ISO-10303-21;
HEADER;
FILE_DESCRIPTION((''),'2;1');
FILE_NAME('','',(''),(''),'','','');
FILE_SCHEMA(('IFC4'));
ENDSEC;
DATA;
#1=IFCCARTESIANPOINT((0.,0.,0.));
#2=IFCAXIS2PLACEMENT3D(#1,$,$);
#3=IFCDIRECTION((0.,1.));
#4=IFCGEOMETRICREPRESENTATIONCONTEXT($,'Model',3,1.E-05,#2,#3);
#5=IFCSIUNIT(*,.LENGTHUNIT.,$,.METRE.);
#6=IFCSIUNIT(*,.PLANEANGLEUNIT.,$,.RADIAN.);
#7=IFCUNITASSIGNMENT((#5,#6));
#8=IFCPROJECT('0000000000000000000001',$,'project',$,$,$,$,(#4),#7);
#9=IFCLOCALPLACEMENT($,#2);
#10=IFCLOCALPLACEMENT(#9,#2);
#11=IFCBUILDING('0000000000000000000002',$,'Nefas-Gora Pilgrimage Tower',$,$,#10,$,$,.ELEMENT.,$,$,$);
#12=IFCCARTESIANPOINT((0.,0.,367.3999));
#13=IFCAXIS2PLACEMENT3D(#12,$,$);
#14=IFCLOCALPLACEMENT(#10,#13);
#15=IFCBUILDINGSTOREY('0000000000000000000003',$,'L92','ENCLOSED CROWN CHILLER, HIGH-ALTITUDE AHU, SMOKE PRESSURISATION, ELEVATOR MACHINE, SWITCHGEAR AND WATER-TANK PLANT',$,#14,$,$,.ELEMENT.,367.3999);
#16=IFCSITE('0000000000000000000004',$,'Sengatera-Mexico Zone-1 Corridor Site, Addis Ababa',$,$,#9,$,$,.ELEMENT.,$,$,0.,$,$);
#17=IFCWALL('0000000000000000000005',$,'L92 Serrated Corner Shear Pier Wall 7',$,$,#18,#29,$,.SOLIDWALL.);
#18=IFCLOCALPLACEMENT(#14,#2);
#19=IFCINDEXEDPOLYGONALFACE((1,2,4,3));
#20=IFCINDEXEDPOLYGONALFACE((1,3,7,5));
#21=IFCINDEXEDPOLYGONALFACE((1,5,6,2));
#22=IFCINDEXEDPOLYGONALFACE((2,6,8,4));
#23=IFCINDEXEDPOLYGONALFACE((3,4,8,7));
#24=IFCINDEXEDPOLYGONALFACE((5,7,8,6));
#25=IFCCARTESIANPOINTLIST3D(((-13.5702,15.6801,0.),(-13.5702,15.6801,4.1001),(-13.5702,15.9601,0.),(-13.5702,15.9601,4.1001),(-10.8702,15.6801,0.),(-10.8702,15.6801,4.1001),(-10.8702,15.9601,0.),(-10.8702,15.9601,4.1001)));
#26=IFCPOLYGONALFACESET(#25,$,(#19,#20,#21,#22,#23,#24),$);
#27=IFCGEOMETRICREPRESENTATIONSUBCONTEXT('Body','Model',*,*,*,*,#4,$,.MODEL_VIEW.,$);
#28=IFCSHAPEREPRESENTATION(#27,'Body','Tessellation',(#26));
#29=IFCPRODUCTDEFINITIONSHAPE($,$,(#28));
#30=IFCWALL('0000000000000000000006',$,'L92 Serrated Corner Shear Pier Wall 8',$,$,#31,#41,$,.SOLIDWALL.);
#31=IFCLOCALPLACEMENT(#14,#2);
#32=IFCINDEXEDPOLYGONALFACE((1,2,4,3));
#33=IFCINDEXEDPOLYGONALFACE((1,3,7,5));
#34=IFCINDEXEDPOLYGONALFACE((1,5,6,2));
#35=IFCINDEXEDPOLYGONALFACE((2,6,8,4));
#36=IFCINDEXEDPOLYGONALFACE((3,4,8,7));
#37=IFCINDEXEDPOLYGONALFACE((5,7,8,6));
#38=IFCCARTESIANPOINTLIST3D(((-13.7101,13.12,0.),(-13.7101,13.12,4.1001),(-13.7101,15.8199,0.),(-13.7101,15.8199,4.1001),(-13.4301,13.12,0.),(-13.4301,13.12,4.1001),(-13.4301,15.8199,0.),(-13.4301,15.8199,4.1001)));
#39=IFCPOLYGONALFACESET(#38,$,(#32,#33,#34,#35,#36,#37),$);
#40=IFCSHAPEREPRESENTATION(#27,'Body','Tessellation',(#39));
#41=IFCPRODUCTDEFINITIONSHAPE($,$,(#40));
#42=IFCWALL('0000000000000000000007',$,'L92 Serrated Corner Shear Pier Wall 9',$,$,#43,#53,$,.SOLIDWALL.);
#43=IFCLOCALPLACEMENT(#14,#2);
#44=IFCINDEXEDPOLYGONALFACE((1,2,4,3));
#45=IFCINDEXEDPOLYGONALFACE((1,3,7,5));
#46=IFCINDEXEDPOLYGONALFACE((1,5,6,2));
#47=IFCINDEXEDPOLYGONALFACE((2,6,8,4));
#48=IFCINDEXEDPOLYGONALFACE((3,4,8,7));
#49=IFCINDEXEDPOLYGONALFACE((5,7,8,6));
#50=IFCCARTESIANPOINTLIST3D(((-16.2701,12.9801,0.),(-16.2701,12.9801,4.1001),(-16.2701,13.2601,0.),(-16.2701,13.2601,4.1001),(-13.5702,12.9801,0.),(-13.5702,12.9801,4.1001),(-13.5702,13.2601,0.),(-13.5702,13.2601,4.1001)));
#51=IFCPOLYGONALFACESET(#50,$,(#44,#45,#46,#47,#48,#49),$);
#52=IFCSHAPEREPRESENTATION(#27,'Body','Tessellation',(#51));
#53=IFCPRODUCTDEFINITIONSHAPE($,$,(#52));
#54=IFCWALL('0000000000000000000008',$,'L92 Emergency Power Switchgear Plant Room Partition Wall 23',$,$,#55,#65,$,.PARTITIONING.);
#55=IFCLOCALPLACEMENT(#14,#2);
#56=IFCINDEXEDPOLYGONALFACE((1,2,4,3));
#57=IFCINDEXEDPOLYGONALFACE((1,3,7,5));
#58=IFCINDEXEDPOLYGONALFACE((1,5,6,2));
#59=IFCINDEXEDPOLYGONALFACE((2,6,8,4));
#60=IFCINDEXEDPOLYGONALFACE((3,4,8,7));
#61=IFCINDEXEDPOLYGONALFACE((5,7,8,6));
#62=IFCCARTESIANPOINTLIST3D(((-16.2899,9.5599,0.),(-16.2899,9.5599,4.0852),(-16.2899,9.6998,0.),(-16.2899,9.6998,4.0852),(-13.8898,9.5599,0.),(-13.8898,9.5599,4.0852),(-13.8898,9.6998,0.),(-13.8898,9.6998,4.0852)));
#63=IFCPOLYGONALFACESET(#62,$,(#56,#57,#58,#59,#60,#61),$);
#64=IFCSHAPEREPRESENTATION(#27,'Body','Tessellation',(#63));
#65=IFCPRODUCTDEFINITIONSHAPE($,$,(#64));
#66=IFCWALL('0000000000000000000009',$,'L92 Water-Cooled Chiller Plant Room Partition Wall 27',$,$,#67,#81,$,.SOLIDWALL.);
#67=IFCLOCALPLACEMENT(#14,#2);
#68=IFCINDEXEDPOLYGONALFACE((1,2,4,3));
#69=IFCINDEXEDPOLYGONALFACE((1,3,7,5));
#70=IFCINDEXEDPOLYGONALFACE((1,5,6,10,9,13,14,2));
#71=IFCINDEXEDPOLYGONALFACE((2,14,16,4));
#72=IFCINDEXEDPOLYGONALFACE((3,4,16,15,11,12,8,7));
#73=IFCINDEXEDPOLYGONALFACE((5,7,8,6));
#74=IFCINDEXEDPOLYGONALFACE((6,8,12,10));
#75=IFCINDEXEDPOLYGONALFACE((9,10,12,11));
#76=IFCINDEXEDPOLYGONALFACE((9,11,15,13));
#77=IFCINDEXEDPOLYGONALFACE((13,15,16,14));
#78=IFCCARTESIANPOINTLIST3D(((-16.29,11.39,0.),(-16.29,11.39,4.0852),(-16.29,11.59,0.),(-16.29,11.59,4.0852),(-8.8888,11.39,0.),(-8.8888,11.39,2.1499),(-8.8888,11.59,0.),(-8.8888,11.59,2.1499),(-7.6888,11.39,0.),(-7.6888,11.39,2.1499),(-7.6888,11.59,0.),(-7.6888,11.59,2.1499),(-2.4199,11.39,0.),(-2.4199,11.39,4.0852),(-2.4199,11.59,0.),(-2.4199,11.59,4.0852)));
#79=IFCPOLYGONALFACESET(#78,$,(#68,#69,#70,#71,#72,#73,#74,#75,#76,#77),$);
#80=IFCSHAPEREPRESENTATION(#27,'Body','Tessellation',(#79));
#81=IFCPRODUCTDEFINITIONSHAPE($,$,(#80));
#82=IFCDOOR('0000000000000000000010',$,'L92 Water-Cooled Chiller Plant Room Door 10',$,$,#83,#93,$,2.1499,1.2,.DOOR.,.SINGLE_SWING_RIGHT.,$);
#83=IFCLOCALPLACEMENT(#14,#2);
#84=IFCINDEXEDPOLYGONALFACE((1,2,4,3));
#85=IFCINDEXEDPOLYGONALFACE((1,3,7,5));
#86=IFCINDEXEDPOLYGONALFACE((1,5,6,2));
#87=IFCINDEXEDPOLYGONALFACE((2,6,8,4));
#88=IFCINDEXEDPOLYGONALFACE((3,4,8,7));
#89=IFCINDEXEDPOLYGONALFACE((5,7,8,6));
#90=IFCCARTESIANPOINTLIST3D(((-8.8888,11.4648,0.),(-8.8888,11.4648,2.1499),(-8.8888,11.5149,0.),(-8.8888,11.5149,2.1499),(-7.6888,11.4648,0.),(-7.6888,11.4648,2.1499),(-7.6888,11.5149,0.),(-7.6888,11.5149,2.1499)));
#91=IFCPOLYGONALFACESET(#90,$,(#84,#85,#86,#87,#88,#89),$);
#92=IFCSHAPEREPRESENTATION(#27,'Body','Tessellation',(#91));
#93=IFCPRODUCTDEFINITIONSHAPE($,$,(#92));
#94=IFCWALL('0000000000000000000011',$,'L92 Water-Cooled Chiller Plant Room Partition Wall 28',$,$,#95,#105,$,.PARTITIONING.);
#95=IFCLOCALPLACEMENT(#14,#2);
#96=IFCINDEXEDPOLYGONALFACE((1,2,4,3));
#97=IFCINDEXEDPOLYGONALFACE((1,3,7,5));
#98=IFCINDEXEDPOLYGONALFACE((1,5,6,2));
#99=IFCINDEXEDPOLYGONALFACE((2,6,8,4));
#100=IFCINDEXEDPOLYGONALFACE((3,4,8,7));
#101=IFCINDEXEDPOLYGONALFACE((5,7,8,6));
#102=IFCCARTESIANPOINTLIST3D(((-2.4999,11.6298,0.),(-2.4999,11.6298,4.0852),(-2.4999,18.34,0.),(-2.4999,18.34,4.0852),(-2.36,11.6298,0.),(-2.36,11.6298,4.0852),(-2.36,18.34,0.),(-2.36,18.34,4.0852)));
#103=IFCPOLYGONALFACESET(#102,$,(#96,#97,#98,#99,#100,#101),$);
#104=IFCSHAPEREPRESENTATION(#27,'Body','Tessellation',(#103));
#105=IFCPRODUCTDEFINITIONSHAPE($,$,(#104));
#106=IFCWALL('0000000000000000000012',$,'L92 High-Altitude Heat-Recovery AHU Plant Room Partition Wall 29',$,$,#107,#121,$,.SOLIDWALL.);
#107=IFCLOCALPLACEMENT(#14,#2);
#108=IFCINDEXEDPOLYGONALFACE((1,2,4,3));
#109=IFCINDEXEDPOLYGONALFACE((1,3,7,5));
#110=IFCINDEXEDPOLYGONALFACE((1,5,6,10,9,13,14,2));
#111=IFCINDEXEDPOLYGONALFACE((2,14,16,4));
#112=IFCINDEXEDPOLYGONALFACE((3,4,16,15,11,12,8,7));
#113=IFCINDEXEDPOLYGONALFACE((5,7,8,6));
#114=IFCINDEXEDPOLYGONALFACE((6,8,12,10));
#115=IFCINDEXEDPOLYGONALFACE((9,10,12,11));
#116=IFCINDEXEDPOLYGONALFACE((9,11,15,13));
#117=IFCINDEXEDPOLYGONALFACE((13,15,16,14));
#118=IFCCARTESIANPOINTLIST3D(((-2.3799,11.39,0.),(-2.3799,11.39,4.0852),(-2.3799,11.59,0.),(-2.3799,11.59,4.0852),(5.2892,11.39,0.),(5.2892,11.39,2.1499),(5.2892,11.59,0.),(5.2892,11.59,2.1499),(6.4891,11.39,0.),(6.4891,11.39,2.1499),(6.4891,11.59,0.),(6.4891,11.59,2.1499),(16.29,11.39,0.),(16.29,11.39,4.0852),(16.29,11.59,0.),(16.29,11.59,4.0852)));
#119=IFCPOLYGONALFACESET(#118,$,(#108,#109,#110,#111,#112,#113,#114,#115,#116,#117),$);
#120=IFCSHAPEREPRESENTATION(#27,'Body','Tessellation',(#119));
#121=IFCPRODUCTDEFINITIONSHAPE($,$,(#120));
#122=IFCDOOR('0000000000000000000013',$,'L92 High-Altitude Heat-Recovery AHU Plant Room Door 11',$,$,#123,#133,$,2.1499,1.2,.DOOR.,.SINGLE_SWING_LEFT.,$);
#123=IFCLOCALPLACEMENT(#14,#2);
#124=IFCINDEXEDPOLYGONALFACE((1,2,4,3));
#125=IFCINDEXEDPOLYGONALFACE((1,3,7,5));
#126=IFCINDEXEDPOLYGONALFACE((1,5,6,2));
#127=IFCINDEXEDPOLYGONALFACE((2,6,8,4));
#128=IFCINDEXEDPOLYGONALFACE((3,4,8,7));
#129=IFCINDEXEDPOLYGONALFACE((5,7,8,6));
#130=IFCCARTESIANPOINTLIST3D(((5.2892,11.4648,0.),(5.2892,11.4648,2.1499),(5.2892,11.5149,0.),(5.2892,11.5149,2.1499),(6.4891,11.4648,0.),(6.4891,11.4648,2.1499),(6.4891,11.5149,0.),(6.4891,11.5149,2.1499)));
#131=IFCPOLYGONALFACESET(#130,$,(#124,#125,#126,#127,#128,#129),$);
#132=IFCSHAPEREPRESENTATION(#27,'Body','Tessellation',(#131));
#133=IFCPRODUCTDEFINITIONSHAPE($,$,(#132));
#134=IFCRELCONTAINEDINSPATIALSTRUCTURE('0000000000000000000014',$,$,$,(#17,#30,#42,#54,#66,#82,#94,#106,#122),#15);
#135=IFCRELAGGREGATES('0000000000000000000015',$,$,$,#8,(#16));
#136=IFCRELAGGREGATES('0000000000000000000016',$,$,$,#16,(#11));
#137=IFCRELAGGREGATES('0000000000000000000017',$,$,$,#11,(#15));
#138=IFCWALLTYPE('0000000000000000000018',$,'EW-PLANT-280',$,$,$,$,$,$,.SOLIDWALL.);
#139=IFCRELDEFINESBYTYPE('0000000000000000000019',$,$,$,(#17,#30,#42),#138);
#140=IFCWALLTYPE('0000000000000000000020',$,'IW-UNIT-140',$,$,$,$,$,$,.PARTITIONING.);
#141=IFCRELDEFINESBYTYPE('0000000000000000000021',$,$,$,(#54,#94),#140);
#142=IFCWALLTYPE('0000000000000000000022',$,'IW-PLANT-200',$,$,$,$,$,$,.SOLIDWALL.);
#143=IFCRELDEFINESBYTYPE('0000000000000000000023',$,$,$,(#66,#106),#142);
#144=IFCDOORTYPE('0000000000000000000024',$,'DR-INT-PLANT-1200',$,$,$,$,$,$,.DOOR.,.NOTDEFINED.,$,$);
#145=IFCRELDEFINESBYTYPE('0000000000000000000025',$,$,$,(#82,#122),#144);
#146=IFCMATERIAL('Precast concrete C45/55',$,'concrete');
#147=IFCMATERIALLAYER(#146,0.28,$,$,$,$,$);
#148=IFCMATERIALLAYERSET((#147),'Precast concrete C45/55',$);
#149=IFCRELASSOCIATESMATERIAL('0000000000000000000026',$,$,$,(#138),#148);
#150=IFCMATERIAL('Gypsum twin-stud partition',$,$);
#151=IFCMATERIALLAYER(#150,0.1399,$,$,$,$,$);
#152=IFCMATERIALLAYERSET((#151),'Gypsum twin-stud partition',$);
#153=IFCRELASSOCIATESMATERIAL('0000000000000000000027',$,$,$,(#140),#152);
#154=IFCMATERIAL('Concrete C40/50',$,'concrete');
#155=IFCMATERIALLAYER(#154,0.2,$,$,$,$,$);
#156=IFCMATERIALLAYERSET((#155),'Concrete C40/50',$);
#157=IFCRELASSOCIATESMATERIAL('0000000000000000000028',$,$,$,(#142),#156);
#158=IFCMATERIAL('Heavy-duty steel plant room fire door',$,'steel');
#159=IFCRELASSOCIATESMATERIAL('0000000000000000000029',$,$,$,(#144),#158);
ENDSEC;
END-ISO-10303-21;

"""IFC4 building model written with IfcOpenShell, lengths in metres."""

from ifc_helpers import new_model, si_unit, direction, frame, frame_2d, origin, place, context, subcontext, project, spatial, rectangle, extrude, source, transform, mapped, material, layer, layer_set, type_object, element, fill, save


model = new_model("IFC4")

# Units and contexts
model_context = context("Model", 3, precision=1e-05, world=origin(), true_north=direction((0.0, 1.0)))
body_context = subcontext(model_context, "Body", "Model", "MODEL_VIEW")
ifc_project = project(units=[si_unit("LENGTHUNIT", "METRE"), si_unit("PLANEANGLEUNIT", "RADIAN")], contexts=[model_context])

# Site, building, storey
site_placement = place(None, origin())
site = spatial("IfcSite", under=ifc_project, at=site_placement, Name="Sengatera-Mexico Zone-1 Corridor Site, Addis Ababa", CompositionType="ELEMENT", RefElevation=0.0)
building_placement = place(site_placement, origin())
building = spatial("IfcBuilding", under=site, at=building_placement, Name="Nefas-Gora Pilgrimage Tower", CompositionType="ELEMENT")
storey_placement = place(building_placement, frame((0.0, 0.0, 367.3999)))
storey = spatial("IfcBuildingStorey", under=building, at=storey_placement, Name="L92", Description="ENCLOSED CROWN CHILLER, HIGH-ALTITUDE AHU, SMOKE PRESSURISATION, ELEVATOR MACHINE, SWITCHGEAR AND WATER-TANK PLANT", CompositionType="ELEMENT", Elevation=367.3999)

# Shared definitions
ifc_material_1 = material(Name="Precast concrete C45/55", Category="concrete")

# Walls
ifc_layer_1 = layer(ifc_material_1, 0.28)
ifc_layer_set_1 = layer_set([ifc_layer_1], Name="Precast concrete C45/55")
wall_type_1 = type_object("IfcWallType", Name="EW-PLANT-280", PredefinedType="SOLIDWALL", material=ifc_layer_set_1)
shared_shape_1 = source(origin(), body_context, "Body", "SweptSolid", [
    extrude(rectangle(XDim=2.7, YDim=0.28, at=frame_2d((1.3501, 0.0))), origin(), (0.0, 0.0, 1.0), 4.1001),
])
for number, where, z_axis, x_axis, name in (
    (1, (-10.8701, 15.8201, 0.0), (0.0, 0.0, 1.0), (-1.0, 0.0, 0.0), "L92 Serrated Corner Shear Pier Wall 7"),
    (2, (-13.5701, 15.8201, 0.0), (0.0, 0.0, 1.0), (0.0, -1.0, 0.0), "L92 Serrated Corner Shear Pier Wall 8"),
    (3, (-13.5701, 13.1201, 0.0), (0.0, 0.0, 1.0), (-1.0, 0.0, 0.0), "L92 Serrated Corner Shear Pier Wall 9"),
):
    element("IfcWall", number, at=place(storey_placement, frame(where, z_axis=z_axis, x_axis=x_axis)), inside=storey, type_object=wall_type_1, Name=name, PredefinedType="SOLIDWALL", context=body_context, shape_type="MappedRepresentation", body=[
        mapped(shared_shape_1, transform((0.0, 0.0, 0.0), x_axis=(1.0, 0.0, 0.0), y_axis=(0.0, 1.0, 0.0), z_axis=(0.0, 0.0, 1.0), scale=1.0)),
    ])
ifc_material_2 = material(Name="Gypsum twin-stud partition")
ifc_layer_2 = layer(ifc_material_2, 0.1399)
ifc_layer_set_2 = layer_set([ifc_layer_2], Name="Gypsum twin-stud partition")
wall_type_2 = type_object("IfcWallType", Name="IW-UNIT-140", PredefinedType="PARTITIONING", material=ifc_layer_set_2)
shared_shape_2 = source(origin(), body_context, "Body", "SweptSolid", [
    extrude(rectangle(XDim=2.4001, YDim=0.1399, at=frame_2d((1.2002, 0.0))), origin(), (0.0, 0.0, 1.0), 4.0852),
])
wall_1_placement = place(storey_placement, frame((-16.29, 9.6299, 0.0), z_axis=(0.0, 0.0, 1.0), x_axis=(1.0, 0.0, 0.0)))
element("IfcWall", 4, at=wall_1_placement, inside=storey, type_object=wall_type_2, Name="L92 Emergency Power Switchgear Plant Room Partition Wall 23", PredefinedType="PARTITIONING", context=body_context, shape_type="MappedRepresentation", body=[
    mapped(shared_shape_2, transform((0.0, 0.0, 0.0), x_axis=(1.0, 0.0, 0.0), y_axis=(0.0, 1.0, 0.0), z_axis=(0.0, 0.0, 1.0), scale=1.0)),
])

# Wall, opening, door
ifc_material_3 = material(Name="Concrete C40/50", Category="concrete")
ifc_layer_3 = layer(ifc_material_3, 0.2)
ifc_layer_set_3 = layer_set([ifc_layer_3], Name="Concrete C40/50")
wall_type_3 = type_object("IfcWallType", Name="IW-PLANT-200", PredefinedType="SOLIDWALL", material=ifc_layer_set_3)
shared_shape_3 = source(origin(), body_context, "Body", "SweptSolid", [
    extrude(rectangle(XDim=13.8701, YDim=0.2, at=frame_2d((6.9351, 0.0))), origin(), (0.0, 0.0, 1.0), 4.0852),
])
wall_2_placement = place(storey_placement, frame((-16.29, 11.49, 0.0), z_axis=(0.0, 0.0, 1.0), x_axis=(1.0, 0.0, 0.0)))
wall_2 = element("IfcWall", 5, at=wall_2_placement, inside=storey, type_object=wall_type_3, Name="L92 Water-Cooled Chiller Plant Room Partition Wall 27", PredefinedType="SOLIDWALL", context=body_context, shape_type="MappedRepresentation", body=[
    mapped(shared_shape_3, transform((0.0, 0.0, 0.0), x_axis=(1.0, 0.0, 0.0), y_axis=(0.0, 1.0, 0.0), z_axis=(0.0, 0.0, 1.0), scale=1.0)),
])
opening_1_placement = place(wall_2_placement, frame((7.4011, 0.0, 0.0)))
opening_1 = element("IfcOpeningElement", 6, at=opening_1_placement, cuts=wall_2, PredefinedType="OPENING", context=body_context, shape_type="SweptSolid", body=[
    extrude(rectangle(XDim=1.2, YDim=2.1499, at=frame_2d((0.6001, 1.075))), frame((0.0, 0.1099, 0.0), z_axis=(0.0, -1.0, 0.0), x_axis=(1.0, 0.0, 0.0)), (0.0, 0.0, 1.0), 0.22),
])
ifc_material_4 = material(Name="Heavy-duty steel plant room fire door", Category="steel")
door_type = type_object("IfcDoorType", Name="DR-INT-PLANT-1200", OperationType="NOTDEFINED", PredefinedType="DOOR", material=ifc_material_4)
shared_shape_4 = source(origin(), body_context, "Body", "SweptSolid", [
    extrude(rectangle(XDim=1.2, YDim=2.1499, at=frame_2d((0.6001, 1.075))), frame((0.0, 0.0249, 0.0), z_axis=(0.0, -1.0, 0.0), x_axis=(1.0, 0.0, 0.0)), (0.0, 0.0, 1.0), 0.05),
])
door_1_placement = place(opening_1_placement, origin())
door_1 = element("IfcDoor", 7, at=door_1_placement, inside=storey, type_object=door_type, Name="L92 Water-Cooled Chiller Plant Room Door 10", OperationType="SINGLE_SWING_RIGHT", OverallHeight=2.1499, OverallWidth=1.2, PredefinedType="DOOR", context=body_context, shape_type="MappedRepresentation", body=[
    mapped(shared_shape_4, transform((0.0, 0.0, 0.0), x_axis=(1.0, 0.0, 0.0), y_axis=(0.0, 1.0, 0.0), z_axis=(0.0, 0.0, 1.0), scale=1.0)),
])
fill(opening_1, door_1)

# Wall
shared_shape_5 = source(origin(), body_context, "Body", "SweptSolid", [
    extrude(rectangle(XDim=6.7102, YDim=0.1399, at=frame_2d((3.355, 0.0))), origin(), (0.0, 0.0, 1.0), 4.0852),
])
wall_3_placement = place(storey_placement, frame((-2.4299, 11.6299, 0.0), z_axis=(0.0, 0.0, 1.0), x_axis=(0.0, 1.0, 0.0)))
element("IfcWall", 8, at=wall_3_placement, inside=storey, type_object=wall_type_2, Name="L92 Water-Cooled Chiller Plant Room Partition Wall 28", PredefinedType="PARTITIONING", context=body_context, shape_type="MappedRepresentation", body=[
    mapped(shared_shape_5, transform((0.0, 0.0, 0.0), x_axis=(1.0, 0.0, 0.0), y_axis=(0.0, 1.0, 0.0), z_axis=(0.0, 0.0, 1.0), scale=1.0)),
])

# Wall, opening, door
shared_shape_6 = source(origin(), body_context, "Body", "SweptSolid", [
    extrude(rectangle(XDim=18.6699, YDim=0.2, at=frame_2d((9.335, 0.0))), origin(), (0.0, 0.0, 1.0), 4.0852),
])
wall_4_placement = place(storey_placement, frame((-2.3799, 11.49, 0.0), z_axis=(0.0, 0.0, 1.0), x_axis=(1.0, 0.0, 0.0)))
wall_4 = element("IfcWall", 9, at=wall_4_placement, inside=storey, type_object=wall_type_3, Name="L92 High-Altitude Heat-Recovery AHU Plant Room Partition Wall 29", PredefinedType="SOLIDWALL", context=body_context, shape_type="MappedRepresentation", body=[
    mapped(shared_shape_6, transform((0.0, 0.0, 0.0), x_axis=(1.0, 0.0, 0.0), y_axis=(0.0, 1.0, 0.0), z_axis=(0.0, 0.0, 1.0), scale=1.0)),
])
opening_2_placement = place(wall_4_placement, frame((7.6689, 0.0, 0.0)))
opening_2 = element("IfcOpeningElement", 10, at=opening_2_placement, cuts=wall_4, PredefinedType="OPENING", context=body_context, shape_type="SweptSolid", body=[
    extrude(rectangle(XDim=1.2, YDim=2.1499, at=frame_2d((0.6001, 1.075))), frame((0.0, 0.1099, 0.0), z_axis=(0.0, -1.0, 0.0), x_axis=(1.0, 0.0, 0.0)), (0.0, 0.0, 1.0), 0.22),
])
door_2_placement = place(opening_2_placement, origin())
door_2 = element("IfcDoor", 11, at=door_2_placement, inside=storey, type_object=door_type, Name="L92 High-Altitude Heat-Recovery AHU Plant Room Door 11", OperationType="SINGLE_SWING_LEFT", OverallHeight=2.1499, OverallWidth=1.2, PredefinedType="DOOR", context=body_context, shape_type="MappedRepresentation", body=[
    mapped(shared_shape_4, transform((0.0, 0.0, 0.0), x_axis=(1.0, 0.0, 0.0), y_axis=(0.0, 1.0, 0.0), z_axis=(0.0, 0.0, 1.0), scale=1.0)),
])
fill(opening_2, door_2)

save(model, "model.ifc")
